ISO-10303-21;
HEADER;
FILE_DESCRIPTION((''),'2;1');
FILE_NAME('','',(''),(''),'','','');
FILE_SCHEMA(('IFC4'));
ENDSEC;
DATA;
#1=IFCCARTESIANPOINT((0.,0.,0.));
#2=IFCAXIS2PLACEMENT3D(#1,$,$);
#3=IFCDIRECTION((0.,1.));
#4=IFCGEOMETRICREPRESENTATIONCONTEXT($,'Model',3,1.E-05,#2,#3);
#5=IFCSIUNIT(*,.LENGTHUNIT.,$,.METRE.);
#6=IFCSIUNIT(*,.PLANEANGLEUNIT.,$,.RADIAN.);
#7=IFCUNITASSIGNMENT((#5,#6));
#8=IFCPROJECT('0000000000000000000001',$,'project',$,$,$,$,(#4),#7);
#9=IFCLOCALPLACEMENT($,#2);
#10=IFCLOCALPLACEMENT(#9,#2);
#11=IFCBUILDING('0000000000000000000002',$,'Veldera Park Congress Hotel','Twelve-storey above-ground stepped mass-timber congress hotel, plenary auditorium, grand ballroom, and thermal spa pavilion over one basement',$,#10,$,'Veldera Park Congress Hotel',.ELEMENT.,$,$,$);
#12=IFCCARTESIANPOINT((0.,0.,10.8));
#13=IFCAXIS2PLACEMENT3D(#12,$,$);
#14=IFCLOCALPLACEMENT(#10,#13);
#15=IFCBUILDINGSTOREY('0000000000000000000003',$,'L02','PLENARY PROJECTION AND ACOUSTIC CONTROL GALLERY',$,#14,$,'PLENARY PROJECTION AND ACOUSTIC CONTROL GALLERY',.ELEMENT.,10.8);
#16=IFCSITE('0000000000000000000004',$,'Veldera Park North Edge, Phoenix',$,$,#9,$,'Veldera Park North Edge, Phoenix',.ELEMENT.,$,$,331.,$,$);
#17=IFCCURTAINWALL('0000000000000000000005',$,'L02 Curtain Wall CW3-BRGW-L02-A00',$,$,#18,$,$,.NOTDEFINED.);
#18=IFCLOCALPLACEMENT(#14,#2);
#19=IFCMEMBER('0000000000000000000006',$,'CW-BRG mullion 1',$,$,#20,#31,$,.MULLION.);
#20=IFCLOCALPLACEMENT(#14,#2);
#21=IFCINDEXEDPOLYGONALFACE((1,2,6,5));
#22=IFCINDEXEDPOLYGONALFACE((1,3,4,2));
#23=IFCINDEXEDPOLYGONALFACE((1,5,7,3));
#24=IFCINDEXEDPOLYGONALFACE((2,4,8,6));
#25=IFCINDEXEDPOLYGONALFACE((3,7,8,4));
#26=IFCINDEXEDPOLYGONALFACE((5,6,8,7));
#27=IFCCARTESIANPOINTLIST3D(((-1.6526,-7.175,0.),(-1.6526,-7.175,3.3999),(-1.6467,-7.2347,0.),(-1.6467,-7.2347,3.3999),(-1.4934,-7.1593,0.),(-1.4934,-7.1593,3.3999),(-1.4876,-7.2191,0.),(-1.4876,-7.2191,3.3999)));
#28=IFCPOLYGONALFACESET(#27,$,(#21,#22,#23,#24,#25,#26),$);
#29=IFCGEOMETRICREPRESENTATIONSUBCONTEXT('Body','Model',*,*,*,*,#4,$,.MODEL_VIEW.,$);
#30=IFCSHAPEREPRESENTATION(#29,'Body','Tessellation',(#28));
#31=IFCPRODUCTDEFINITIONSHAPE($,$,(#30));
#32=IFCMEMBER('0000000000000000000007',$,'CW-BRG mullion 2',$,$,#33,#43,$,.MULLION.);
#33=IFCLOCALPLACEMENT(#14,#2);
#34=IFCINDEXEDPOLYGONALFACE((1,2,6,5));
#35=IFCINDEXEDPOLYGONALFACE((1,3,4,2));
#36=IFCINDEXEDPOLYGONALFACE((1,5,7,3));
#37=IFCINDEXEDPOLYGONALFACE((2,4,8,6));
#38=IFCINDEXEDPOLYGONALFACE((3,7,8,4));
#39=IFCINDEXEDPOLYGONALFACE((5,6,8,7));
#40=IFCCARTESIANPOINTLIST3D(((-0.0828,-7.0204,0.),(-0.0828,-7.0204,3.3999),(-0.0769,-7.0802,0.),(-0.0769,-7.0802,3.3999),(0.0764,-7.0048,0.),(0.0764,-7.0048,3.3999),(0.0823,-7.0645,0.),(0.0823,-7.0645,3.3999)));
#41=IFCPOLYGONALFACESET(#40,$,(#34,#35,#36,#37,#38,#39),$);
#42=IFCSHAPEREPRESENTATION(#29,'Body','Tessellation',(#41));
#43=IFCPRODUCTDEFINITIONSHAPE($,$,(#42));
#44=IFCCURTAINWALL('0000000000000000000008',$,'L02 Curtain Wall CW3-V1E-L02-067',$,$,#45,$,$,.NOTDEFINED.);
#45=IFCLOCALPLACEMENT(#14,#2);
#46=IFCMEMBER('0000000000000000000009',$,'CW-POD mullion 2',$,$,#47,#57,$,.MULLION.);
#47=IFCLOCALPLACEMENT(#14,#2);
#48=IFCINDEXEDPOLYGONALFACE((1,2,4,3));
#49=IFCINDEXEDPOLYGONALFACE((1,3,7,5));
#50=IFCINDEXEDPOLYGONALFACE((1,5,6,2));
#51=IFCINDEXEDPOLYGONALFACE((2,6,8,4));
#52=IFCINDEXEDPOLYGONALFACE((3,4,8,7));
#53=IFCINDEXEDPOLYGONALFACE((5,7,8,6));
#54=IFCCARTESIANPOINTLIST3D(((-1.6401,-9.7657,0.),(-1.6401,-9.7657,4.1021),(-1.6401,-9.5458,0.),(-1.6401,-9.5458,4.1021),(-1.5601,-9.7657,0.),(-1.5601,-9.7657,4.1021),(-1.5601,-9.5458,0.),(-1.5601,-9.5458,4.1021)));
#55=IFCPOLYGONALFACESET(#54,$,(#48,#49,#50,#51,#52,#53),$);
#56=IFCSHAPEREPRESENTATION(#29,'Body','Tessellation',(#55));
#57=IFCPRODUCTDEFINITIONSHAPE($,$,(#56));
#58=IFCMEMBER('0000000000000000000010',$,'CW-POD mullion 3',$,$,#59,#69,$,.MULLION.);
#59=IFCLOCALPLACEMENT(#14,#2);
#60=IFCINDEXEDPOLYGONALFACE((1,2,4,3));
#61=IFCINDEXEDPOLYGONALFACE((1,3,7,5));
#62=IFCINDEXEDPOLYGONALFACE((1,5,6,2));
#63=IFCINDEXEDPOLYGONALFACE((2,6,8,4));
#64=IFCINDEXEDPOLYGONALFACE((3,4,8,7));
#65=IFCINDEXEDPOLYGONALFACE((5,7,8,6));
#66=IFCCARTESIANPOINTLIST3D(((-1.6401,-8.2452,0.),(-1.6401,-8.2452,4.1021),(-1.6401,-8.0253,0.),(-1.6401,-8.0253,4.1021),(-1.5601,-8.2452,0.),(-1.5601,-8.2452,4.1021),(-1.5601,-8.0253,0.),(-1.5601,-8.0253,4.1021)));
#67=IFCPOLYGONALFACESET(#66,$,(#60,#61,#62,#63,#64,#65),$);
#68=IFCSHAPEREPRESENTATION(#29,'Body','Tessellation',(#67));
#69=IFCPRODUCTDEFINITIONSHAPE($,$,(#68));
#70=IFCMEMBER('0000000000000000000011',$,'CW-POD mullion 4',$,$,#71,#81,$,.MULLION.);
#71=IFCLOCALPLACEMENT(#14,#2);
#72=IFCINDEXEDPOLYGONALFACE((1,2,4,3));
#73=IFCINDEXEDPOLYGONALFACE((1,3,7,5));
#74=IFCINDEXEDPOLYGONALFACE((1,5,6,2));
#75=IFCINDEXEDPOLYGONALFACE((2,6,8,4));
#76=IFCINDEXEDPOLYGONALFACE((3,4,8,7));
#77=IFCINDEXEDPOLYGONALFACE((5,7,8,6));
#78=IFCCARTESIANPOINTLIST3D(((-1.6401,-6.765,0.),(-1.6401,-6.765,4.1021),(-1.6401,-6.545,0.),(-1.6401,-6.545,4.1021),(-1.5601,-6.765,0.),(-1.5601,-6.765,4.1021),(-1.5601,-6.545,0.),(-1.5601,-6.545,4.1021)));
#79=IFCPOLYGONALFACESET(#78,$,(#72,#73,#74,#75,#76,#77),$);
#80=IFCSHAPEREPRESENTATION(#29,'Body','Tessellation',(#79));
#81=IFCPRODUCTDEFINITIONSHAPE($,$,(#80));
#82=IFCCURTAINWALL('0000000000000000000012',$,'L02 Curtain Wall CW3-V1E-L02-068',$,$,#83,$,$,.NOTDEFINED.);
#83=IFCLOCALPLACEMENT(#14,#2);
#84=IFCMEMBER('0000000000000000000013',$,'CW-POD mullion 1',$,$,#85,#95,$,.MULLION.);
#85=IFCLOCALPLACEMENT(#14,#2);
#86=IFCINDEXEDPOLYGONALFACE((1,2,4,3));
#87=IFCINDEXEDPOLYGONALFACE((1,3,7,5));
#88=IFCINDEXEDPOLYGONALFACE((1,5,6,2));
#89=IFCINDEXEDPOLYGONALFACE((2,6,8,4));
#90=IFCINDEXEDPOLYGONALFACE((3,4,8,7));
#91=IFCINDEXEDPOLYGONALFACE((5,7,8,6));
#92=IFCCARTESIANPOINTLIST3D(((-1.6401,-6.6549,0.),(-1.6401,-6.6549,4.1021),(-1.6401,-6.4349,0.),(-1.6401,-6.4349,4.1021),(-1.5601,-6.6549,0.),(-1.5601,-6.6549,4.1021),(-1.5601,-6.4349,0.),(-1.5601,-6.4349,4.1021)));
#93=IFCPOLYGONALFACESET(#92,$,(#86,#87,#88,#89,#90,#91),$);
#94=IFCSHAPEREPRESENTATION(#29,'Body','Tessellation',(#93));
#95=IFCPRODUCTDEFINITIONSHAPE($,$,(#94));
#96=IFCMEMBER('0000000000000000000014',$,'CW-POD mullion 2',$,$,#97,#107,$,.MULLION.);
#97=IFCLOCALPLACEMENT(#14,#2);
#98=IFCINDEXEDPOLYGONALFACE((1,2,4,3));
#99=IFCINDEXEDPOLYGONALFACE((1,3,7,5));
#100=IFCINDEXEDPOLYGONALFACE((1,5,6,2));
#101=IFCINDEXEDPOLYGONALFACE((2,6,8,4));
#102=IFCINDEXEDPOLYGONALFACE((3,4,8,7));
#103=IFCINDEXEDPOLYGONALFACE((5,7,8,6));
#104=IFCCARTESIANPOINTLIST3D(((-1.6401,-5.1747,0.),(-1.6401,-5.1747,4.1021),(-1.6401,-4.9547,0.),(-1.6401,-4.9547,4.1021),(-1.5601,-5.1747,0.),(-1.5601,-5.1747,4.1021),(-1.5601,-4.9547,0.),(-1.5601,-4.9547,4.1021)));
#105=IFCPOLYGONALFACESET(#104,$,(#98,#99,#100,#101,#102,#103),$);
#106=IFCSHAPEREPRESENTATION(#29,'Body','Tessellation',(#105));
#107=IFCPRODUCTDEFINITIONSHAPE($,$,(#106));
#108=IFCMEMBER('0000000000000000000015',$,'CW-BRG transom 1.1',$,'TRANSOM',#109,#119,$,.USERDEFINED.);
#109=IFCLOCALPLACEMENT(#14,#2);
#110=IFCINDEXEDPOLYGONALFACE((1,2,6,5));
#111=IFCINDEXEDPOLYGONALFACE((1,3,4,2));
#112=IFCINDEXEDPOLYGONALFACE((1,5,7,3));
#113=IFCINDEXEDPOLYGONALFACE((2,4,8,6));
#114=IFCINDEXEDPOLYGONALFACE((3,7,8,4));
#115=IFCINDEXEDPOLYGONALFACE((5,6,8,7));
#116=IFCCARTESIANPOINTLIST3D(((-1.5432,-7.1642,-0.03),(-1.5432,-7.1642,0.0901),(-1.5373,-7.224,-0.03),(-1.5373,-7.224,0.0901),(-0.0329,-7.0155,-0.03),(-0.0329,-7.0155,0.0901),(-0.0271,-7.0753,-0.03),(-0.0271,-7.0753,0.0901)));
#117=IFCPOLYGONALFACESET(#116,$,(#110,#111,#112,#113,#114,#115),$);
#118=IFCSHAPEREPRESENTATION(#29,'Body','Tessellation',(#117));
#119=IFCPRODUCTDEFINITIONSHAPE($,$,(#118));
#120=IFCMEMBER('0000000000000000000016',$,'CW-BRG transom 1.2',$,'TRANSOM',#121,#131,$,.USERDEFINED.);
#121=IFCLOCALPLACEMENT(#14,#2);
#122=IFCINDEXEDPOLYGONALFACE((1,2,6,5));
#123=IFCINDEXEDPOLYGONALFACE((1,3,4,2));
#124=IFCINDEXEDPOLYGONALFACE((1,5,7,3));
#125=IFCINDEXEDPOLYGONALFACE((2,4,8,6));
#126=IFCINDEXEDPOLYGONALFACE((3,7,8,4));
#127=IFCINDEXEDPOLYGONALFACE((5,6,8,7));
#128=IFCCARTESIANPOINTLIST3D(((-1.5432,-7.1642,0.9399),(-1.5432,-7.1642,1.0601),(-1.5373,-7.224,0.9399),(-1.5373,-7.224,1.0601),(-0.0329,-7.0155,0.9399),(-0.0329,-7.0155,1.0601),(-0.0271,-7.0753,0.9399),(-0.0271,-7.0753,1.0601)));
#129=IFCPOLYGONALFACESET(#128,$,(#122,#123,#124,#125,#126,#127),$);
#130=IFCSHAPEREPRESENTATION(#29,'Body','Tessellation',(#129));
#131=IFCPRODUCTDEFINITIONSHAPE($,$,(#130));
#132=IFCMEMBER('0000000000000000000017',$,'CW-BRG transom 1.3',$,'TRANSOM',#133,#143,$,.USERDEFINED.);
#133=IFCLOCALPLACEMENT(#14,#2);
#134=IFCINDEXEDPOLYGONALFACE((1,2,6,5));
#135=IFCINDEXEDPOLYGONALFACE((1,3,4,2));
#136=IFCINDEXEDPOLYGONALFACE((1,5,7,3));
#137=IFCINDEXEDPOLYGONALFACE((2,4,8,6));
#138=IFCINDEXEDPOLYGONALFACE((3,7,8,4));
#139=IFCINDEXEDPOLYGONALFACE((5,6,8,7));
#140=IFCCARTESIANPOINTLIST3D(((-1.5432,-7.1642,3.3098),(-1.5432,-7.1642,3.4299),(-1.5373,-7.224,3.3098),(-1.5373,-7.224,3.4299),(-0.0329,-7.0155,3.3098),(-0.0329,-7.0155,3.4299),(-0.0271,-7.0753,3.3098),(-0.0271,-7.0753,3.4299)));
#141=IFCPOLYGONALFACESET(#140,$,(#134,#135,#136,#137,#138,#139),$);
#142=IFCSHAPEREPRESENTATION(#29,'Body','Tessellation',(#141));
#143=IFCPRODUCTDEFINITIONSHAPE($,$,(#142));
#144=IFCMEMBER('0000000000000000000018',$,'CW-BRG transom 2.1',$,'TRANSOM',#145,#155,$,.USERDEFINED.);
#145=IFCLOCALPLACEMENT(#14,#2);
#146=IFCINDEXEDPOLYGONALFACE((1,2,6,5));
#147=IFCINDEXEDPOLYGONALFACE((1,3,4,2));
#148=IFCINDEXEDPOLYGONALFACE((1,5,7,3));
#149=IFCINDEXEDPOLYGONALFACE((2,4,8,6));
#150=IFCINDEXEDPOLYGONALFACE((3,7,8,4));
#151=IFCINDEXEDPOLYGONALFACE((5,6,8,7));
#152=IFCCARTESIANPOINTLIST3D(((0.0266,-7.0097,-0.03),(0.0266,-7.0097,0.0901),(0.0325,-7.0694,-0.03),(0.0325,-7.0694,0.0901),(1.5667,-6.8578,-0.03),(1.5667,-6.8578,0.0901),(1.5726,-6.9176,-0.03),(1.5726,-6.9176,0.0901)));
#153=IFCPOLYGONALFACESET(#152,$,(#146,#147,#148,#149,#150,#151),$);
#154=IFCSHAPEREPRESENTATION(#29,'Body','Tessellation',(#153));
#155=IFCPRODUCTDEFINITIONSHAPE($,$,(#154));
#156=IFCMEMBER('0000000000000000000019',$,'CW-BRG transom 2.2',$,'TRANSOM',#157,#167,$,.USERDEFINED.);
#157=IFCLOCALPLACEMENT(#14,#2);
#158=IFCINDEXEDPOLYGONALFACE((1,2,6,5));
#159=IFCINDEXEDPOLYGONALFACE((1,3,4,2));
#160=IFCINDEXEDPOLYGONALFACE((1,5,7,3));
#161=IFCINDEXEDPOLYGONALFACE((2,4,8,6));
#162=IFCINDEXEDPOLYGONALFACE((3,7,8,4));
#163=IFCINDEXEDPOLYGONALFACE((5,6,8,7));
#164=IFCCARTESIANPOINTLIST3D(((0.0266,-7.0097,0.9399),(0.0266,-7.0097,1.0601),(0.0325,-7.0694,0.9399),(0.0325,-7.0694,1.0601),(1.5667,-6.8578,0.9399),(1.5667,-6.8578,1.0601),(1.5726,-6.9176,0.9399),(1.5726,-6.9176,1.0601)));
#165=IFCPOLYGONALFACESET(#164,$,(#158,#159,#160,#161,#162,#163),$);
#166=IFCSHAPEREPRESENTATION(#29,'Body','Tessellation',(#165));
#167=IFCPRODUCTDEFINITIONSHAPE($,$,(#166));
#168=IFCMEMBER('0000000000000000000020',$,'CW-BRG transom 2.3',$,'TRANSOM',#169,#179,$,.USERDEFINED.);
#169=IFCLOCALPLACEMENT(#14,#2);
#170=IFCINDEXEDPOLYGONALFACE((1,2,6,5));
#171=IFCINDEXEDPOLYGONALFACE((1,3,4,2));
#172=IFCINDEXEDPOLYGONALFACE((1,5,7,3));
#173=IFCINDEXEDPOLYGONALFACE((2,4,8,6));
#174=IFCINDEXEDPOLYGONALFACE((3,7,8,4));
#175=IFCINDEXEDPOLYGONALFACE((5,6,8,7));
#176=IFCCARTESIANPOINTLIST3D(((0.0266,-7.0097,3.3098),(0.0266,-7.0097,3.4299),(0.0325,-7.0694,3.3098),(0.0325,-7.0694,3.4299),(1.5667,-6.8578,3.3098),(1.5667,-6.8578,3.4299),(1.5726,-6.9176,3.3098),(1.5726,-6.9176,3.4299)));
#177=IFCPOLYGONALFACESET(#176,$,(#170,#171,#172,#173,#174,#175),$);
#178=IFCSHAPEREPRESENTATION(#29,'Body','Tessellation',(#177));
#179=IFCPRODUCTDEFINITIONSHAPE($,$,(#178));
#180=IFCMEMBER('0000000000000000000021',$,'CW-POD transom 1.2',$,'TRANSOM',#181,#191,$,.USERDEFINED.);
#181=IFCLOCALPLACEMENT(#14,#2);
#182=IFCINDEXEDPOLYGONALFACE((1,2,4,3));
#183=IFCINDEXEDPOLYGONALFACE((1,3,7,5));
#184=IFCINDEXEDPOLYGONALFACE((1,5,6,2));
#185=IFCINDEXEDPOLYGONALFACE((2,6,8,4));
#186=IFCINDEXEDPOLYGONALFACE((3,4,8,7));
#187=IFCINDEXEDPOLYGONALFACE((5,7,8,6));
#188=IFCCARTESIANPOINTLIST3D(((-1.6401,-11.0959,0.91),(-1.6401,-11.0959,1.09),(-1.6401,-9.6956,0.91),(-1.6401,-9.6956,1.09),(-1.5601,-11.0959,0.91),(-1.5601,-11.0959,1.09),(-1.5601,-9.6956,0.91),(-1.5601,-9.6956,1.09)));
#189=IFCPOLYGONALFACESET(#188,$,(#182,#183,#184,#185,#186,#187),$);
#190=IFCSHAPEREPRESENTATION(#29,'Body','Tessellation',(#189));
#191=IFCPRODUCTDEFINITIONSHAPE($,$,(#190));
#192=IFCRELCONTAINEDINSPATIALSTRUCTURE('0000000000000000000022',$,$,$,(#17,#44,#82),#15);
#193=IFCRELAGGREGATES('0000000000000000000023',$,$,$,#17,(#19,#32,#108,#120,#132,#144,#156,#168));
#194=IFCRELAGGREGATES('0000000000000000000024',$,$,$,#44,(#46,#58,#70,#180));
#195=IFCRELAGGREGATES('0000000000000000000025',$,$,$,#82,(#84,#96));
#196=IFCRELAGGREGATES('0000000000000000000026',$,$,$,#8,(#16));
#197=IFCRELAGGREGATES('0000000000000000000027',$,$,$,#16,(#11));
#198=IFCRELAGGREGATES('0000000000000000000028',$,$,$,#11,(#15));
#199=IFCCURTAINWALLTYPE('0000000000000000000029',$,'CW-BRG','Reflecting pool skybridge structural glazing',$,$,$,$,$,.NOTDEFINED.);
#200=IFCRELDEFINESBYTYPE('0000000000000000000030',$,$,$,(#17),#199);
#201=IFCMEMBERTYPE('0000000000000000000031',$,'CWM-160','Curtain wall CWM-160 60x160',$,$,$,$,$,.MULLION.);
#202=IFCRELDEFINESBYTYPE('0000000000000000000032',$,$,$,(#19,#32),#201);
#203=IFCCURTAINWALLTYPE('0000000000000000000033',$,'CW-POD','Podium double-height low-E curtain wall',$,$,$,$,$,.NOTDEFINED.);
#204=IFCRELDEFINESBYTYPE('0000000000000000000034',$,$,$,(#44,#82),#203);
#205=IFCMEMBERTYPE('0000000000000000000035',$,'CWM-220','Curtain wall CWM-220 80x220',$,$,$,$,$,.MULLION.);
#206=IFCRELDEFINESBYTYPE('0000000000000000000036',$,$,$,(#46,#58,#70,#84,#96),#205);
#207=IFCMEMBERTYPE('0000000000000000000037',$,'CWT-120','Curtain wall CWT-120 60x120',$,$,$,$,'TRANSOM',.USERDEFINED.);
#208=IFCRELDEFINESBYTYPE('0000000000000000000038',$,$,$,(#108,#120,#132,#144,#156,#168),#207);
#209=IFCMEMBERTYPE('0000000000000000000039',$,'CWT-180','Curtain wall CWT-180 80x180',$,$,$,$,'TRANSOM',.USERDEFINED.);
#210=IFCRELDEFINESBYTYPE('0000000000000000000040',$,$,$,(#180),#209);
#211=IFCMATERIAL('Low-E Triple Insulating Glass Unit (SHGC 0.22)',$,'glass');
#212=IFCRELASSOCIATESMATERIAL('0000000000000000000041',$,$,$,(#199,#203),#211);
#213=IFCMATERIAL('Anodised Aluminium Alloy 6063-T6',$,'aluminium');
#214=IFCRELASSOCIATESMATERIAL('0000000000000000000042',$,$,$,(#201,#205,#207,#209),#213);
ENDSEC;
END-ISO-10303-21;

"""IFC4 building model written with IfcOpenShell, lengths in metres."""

from ifc_helpers import new_model, si_unit, direction, frame, origin, origin_2d, place, context, subcontext, project, spatial, rectangle, extrude, material, material_profile, profile_set, type_object, element, aggregate, save


model = new_model("IFC4")

# Units and contexts
model_context = context("Model", 3, precision=1e-05, world=origin(), true_north=direction((0.0, 1.0)))
body_context = subcontext(model_context, "Body", "Model", "MODEL_VIEW")
ifc_project = project(units=[si_unit("LENGTHUNIT", "METRE"), si_unit("PLANEANGLEUNIT", "RADIAN")], contexts=[model_context])

# Site, building, storey
site_placement = place(None, origin())
site = spatial("IfcSite", under=ifc_project, at=site_placement, Name="Veldera Park North Edge, Phoenix", LongName="Veldera Park North Edge, Phoenix", CompositionType="ELEMENT", RefElevation=331.0)
building_placement = place(site_placement, origin())
building = spatial("IfcBuilding", under=site, at=building_placement, Name="Veldera Park Congress Hotel", Description="Twelve-storey above-ground stepped mass-timber congress hotel, plenary auditorium, grand ballroom, and thermal spa pavilion over one basement", LongName="Veldera Park Congress Hotel", CompositionType="ELEMENT")
storey_placement = place(building_placement, frame((0.0, 0.0, 10.8)))
storey = spatial("IfcBuildingStorey", under=building, at=storey_placement, Name="L02", Description="PLENARY PROJECTION AND ACOUSTIC CONTROL GALLERY", LongName="PLENARY PROJECTION AND ACOUSTIC CONTROL GALLERY", CompositionType="ELEMENT", Elevation=10.8)

# Curtain walls, members
ifc_material_1 = material(Name="Low-E Triple Insulating Glass Unit (SHGC 0.22)", Category="glass")
curtain_wall_type_1 = type_object("IfcCurtainWallType", Name="CW-BRG", Description="Reflecting pool skybridge structural glazing", PredefinedType="NOTDEFINED", material=ifc_material_1)
curtain_wall_1_placement = place(storey_placement, origin())
curtain_wall_1 = element("IfcCurtainWall", 1, at=curtain_wall_1_placement, inside=storey, type_object=curtain_wall_type_1, Name="L02 Curtain Wall CW3-BRGW-L02-A00", PredefinedType="NOTDEFINED")
ifc_material_2 = material(Name="Anodised Aluminium Alloy 6063-T6", Category="aluminium")
ifc_material_profile_1 = material_profile(ifc_material_2, rectangle(XDim=0.0601, YDim=0.1599, at=origin_2d()), Name="ALU 60x160")
ifc_profile_set_1 = profile_set([ifc_material_profile_1], Name="Anodised Aluminium Alloy 6063-T6")
member_type_1 = type_object("IfcMemberType", Name="CWM-160", Description="Curtain wall CWM-160 60x160", PredefinedType="MULLION", material=ifc_profile_set_1)
member_1_placement = place(storey_placement, frame((-1.5701, -7.197, 0.0), z_axis=(0.0, 0.0, 1.0), x_axis=(-0.098021, 0.995184, 0.0)))
member_1 = element("IfcMember", 2, at=member_1_placement, type_object=member_type_1, Name="CW-BRG mullion 1", PredefinedType="MULLION", context=body_context, shape_type="SweptSolid", body=[
    extrude(rectangle(XDim=0.0601, YDim=0.1599, at=origin_2d()), origin(), (0.0, 0.0, 1.0), 3.3999),
])
member_2_placement = place(storey_placement, frame((-0.0002, -7.0425, 0.0), z_axis=(0.0, 0.0, 1.0), x_axis=(-0.098021, 0.995184, 0.0)))
member_2 = element("IfcMember", 3, at=member_2_placement, type_object=member_type_1, Name="CW-BRG mullion 2", PredefinedType="MULLION", context=body_context, shape_type="SweptSolid", body=[
    extrude(rectangle(XDim=0.0601, YDim=0.1599, at=origin_2d()), origin(), (0.0, 0.0, 1.0), 3.3999),
])
curtain_wall_type_2 = type_object("IfcCurtainWallType", Name="CW-POD", Description="Podium double-height low-E curtain wall", PredefinedType="NOTDEFINED", material=ifc_material_1)
curtain_wall_2_placement = place(storey_placement, origin())
curtain_wall_2 = element("IfcCurtainWall", 4, at=curtain_wall_2_placement, inside=storey, type_object=curtain_wall_type_2, Name="L02 Curtain Wall CW3-V1E-L02-067", PredefinedType="NOTDEFINED")
ifc_material_profile_2 = material_profile(ifc_material_2, rectangle(XDim=0.0801, YDim=0.22, at=origin_2d()), Name="ALU 80x220")
ifc_profile_set_2 = profile_set([ifc_material_profile_2], Name="Anodised Aluminium Alloy 6063-T6")
member_type_2 = type_object("IfcMemberType", Name="CWM-220", Description="Curtain wall CWM-220 80x220", PredefinedType="MULLION", material=ifc_profile_set_2)
member_3_placement = place(storey_placement, frame((-1.6001, -9.6558, 0.0), z_axis=(0.0, 0.0, 1.0), x_axis=(-1.0, 0.0, 0.0)))
member_3 = element("IfcMember", 5, at=member_3_placement, type_object=member_type_2, Name="CW-POD mullion 2", PredefinedType="MULLION", context=body_context, shape_type="SweptSolid", body=[
    extrude(rectangle(XDim=0.0801, YDim=0.22, at=origin_2d()), origin(), (0.0, 0.0, 1.0), 4.1021),
])
member_4_placement = place(storey_placement, frame((-1.6001, -8.1353, 0.0), z_axis=(0.0, 0.0, 1.0), x_axis=(-1.0, 0.0, 0.0)))
member_4 = element("IfcMember", 6, at=member_4_placement, type_object=member_type_2, Name="CW-POD mullion 3", PredefinedType="MULLION", context=body_context, shape_type="SweptSolid", body=[
    extrude(rectangle(XDim=0.0801, YDim=0.22, at=origin_2d()), origin(), (0.0, 0.0, 1.0), 4.1021),
])
member_5_placement = place(storey_placement, frame((-1.6001, -6.655, 0.0), z_axis=(0.0, 0.0, 1.0), x_axis=(-1.0, 0.0, 0.0)))
member_5 = element("IfcMember", 7, at=member_5_placement, type_object=member_type_2, Name="CW-POD mullion 4", PredefinedType="MULLION", context=body_context, shape_type="SweptSolid", body=[
    extrude(rectangle(XDim=0.0801, YDim=0.22, at=origin_2d()), origin(), (0.0, 0.0, 1.0), 4.1021),
])
curtain_wall_3_placement = place(storey_placement, origin())
curtain_wall_3 = element("IfcCurtainWall", 8, at=curtain_wall_3_placement, inside=storey, type_object=curtain_wall_type_2, Name="L02 Curtain Wall CW3-V1E-L02-068", PredefinedType="NOTDEFINED")
member_6_placement = place(storey_placement, frame((-1.6001, -6.5449, 0.0), z_axis=(0.0, 0.0, 1.0), x_axis=(-1.0, 0.0, 0.0)))
member_6 = element("IfcMember", 9, at=member_6_placement, type_object=member_type_2, Name="CW-POD mullion 1", PredefinedType="MULLION", context=body_context, shape_type="SweptSolid", body=[
    extrude(rectangle(XDim=0.0801, YDim=0.22, at=origin_2d()), origin(), (0.0, 0.0, 1.0), 4.1021),
])
member_7_placement = place(storey_placement, frame((-1.6001, -5.0647, 0.0), z_axis=(0.0, 0.0, 1.0), x_axis=(-1.0, 0.0, 0.0)))
member_7 = element("IfcMember", 10, at=member_7_placement, type_object=member_type_2, Name="CW-POD mullion 2", PredefinedType="MULLION", context=body_context, shape_type="SweptSolid", body=[
    extrude(rectangle(XDim=0.0801, YDim=0.22, at=origin_2d()), origin(), (0.0, 0.0, 1.0), 4.1021),
])

# Members
ifc_material_profile_3 = material_profile(ifc_material_2, rectangle(XDim=0.0601, YDim=0.1201, at=origin_2d()), Name="ALU 60x120")
ifc_profile_set_3 = profile_set([ifc_material_profile_3], Name="Anodised Aluminium Alloy 6063-T6")
member_type_3 = type_object("IfcMemberType", Name="CWT-120", Description="Curtain wall CWT-120 60x120", ElementType="TRANSOM", PredefinedType="USERDEFINED", material=ifc_profile_set_3)
member_8_placement = place(storey_placement, frame((-1.5403, -7.1941, 0.03), z_axis=(0.995189, 0.097974, 0.0), x_axis=(-0.097974, 0.995189, 0.0)))
member_8 = element("IfcMember", 11, at=member_8_placement, type_object=member_type_3, Name="CW-BRG transom 1.1", ObjectType="TRANSOM", PredefinedType="USERDEFINED", context=body_context, shape_type="SweptSolid", body=[
    extrude(rectangle(XDim=0.0601, YDim=0.1201, at=origin_2d()), origin(), (0.0, 0.0, 1.0), 1.5176),
])
member_9_placement = place(storey_placement, frame((-1.5403, -7.1941, 1.0), z_axis=(0.995189, 0.097974, 0.0), x_axis=(-0.097974, 0.995189, 0.0)))
member_9 = element("IfcMember", 12, at=member_9_placement, type_object=member_type_3, Name="CW-BRG transom 1.2", ObjectType="TRANSOM", PredefinedType="USERDEFINED", context=body_context, shape_type="SweptSolid", body=[
    extrude(rectangle(XDim=0.0601, YDim=0.1201, at=origin_2d()), origin(), (0.0, 0.0, 1.0), 1.5176),
])
member_10_placement = place(storey_placement, frame((-1.5403, -7.1941, 3.3699), z_axis=(0.995189, 0.097974, 0.0), x_axis=(-0.097974, 0.995189, 0.0)))
member_10 = element("IfcMember", 13, at=member_10_placement, type_object=member_type_3, Name="CW-BRG transom 1.3", ObjectType="TRANSOM", PredefinedType="USERDEFINED", context=body_context, shape_type="SweptSolid", body=[
    extrude(rectangle(XDim=0.0601, YDim=0.1201, at=origin_2d()), origin(), (0.0, 0.0, 1.0), 1.5176),
])
member_11_placement = place(storey_placement, frame((0.0295, -7.0396, 0.03), z_axis=(0.995174, 0.098129, 0.0), x_axis=(-0.098129, 0.995174, 0.0)))
member_11 = element("IfcMember", 14, at=member_11_placement, type_object=member_type_3, Name="CW-BRG transom 2.1", ObjectType="TRANSOM", PredefinedType="USERDEFINED", context=body_context, shape_type="SweptSolid", body=[
    extrude(rectangle(XDim=0.0601, YDim=0.1201, at=origin_2d()), origin(), (0.0, 0.0, 1.0), 1.5476),
])
member_12_placement = place(storey_placement, frame((0.0295, -7.0396, 1.0), z_axis=(0.995174, 0.098129, 0.0), x_axis=(-0.098129, 0.995174, 0.0)))
member_12 = element("IfcMember", 15, at=member_12_placement, type_object=member_type_3, Name="CW-BRG transom 2.2", ObjectType="TRANSOM", PredefinedType="USERDEFINED", context=body_context, shape_type="SweptSolid", body=[
    extrude(rectangle(XDim=0.0601, YDim=0.1201, at=origin_2d()), origin(), (0.0, 0.0, 1.0), 1.5476),
])
member_13_placement = place(storey_placement, frame((0.0295, -7.0396, 3.3699), z_axis=(0.995174, 0.098129, 0.0), x_axis=(-0.098129, 0.995174, 0.0)))
member_13 = element("IfcMember", 16, at=member_13_placement, type_object=member_type_3, Name="CW-BRG transom 2.3", ObjectType="TRANSOM", PredefinedType="USERDEFINED", context=body_context, shape_type="SweptSolid", body=[
    extrude(rectangle(XDim=0.0601, YDim=0.1201, at=origin_2d()), origin(), (0.0, 0.0, 1.0), 1.5476),
])
ifc_material_profile_4 = material_profile(ifc_material_2, rectangle(XDim=0.0801, YDim=0.1799, at=origin_2d()), Name="ALU 80x180")
ifc_profile_set_4 = profile_set([ifc_material_profile_4], Name="Anodised Aluminium Alloy 6063-T6")
member_type_4 = type_object("IfcMemberType", Name="CWT-180", Description="Curtain wall CWT-180 80x180", ElementType="TRANSOM", PredefinedType="USERDEFINED", material=ifc_profile_set_4)
member_14_placement = place(storey_placement, frame((-1.6001, -11.0959, 1.0), z_axis=(0.0, 1.0, 0.0), x_axis=(-1.0, 0.0, 0.0)))
member_14 = element("IfcMember", 17, at=member_14_placement, type_object=member_type_4, Name="CW-POD transom 1.2", ObjectType="TRANSOM", PredefinedType="USERDEFINED", context=body_context, shape_type="SweptSolid", body=[
    extrude(rectangle(XDim=0.0801, YDim=0.1799, at=origin_2d()), origin(), (0.0, 0.0, 1.0), 1.4004),
])

aggregate(curtain_wall_1, [member_1, member_2, member_8, member_9, member_10, member_11, member_12, member_13])
aggregate(curtain_wall_2, [member_3, member_4, member_5, member_14])
aggregate(curtain_wall_3, [member_6, member_7])

save(model, "model.ifc")
